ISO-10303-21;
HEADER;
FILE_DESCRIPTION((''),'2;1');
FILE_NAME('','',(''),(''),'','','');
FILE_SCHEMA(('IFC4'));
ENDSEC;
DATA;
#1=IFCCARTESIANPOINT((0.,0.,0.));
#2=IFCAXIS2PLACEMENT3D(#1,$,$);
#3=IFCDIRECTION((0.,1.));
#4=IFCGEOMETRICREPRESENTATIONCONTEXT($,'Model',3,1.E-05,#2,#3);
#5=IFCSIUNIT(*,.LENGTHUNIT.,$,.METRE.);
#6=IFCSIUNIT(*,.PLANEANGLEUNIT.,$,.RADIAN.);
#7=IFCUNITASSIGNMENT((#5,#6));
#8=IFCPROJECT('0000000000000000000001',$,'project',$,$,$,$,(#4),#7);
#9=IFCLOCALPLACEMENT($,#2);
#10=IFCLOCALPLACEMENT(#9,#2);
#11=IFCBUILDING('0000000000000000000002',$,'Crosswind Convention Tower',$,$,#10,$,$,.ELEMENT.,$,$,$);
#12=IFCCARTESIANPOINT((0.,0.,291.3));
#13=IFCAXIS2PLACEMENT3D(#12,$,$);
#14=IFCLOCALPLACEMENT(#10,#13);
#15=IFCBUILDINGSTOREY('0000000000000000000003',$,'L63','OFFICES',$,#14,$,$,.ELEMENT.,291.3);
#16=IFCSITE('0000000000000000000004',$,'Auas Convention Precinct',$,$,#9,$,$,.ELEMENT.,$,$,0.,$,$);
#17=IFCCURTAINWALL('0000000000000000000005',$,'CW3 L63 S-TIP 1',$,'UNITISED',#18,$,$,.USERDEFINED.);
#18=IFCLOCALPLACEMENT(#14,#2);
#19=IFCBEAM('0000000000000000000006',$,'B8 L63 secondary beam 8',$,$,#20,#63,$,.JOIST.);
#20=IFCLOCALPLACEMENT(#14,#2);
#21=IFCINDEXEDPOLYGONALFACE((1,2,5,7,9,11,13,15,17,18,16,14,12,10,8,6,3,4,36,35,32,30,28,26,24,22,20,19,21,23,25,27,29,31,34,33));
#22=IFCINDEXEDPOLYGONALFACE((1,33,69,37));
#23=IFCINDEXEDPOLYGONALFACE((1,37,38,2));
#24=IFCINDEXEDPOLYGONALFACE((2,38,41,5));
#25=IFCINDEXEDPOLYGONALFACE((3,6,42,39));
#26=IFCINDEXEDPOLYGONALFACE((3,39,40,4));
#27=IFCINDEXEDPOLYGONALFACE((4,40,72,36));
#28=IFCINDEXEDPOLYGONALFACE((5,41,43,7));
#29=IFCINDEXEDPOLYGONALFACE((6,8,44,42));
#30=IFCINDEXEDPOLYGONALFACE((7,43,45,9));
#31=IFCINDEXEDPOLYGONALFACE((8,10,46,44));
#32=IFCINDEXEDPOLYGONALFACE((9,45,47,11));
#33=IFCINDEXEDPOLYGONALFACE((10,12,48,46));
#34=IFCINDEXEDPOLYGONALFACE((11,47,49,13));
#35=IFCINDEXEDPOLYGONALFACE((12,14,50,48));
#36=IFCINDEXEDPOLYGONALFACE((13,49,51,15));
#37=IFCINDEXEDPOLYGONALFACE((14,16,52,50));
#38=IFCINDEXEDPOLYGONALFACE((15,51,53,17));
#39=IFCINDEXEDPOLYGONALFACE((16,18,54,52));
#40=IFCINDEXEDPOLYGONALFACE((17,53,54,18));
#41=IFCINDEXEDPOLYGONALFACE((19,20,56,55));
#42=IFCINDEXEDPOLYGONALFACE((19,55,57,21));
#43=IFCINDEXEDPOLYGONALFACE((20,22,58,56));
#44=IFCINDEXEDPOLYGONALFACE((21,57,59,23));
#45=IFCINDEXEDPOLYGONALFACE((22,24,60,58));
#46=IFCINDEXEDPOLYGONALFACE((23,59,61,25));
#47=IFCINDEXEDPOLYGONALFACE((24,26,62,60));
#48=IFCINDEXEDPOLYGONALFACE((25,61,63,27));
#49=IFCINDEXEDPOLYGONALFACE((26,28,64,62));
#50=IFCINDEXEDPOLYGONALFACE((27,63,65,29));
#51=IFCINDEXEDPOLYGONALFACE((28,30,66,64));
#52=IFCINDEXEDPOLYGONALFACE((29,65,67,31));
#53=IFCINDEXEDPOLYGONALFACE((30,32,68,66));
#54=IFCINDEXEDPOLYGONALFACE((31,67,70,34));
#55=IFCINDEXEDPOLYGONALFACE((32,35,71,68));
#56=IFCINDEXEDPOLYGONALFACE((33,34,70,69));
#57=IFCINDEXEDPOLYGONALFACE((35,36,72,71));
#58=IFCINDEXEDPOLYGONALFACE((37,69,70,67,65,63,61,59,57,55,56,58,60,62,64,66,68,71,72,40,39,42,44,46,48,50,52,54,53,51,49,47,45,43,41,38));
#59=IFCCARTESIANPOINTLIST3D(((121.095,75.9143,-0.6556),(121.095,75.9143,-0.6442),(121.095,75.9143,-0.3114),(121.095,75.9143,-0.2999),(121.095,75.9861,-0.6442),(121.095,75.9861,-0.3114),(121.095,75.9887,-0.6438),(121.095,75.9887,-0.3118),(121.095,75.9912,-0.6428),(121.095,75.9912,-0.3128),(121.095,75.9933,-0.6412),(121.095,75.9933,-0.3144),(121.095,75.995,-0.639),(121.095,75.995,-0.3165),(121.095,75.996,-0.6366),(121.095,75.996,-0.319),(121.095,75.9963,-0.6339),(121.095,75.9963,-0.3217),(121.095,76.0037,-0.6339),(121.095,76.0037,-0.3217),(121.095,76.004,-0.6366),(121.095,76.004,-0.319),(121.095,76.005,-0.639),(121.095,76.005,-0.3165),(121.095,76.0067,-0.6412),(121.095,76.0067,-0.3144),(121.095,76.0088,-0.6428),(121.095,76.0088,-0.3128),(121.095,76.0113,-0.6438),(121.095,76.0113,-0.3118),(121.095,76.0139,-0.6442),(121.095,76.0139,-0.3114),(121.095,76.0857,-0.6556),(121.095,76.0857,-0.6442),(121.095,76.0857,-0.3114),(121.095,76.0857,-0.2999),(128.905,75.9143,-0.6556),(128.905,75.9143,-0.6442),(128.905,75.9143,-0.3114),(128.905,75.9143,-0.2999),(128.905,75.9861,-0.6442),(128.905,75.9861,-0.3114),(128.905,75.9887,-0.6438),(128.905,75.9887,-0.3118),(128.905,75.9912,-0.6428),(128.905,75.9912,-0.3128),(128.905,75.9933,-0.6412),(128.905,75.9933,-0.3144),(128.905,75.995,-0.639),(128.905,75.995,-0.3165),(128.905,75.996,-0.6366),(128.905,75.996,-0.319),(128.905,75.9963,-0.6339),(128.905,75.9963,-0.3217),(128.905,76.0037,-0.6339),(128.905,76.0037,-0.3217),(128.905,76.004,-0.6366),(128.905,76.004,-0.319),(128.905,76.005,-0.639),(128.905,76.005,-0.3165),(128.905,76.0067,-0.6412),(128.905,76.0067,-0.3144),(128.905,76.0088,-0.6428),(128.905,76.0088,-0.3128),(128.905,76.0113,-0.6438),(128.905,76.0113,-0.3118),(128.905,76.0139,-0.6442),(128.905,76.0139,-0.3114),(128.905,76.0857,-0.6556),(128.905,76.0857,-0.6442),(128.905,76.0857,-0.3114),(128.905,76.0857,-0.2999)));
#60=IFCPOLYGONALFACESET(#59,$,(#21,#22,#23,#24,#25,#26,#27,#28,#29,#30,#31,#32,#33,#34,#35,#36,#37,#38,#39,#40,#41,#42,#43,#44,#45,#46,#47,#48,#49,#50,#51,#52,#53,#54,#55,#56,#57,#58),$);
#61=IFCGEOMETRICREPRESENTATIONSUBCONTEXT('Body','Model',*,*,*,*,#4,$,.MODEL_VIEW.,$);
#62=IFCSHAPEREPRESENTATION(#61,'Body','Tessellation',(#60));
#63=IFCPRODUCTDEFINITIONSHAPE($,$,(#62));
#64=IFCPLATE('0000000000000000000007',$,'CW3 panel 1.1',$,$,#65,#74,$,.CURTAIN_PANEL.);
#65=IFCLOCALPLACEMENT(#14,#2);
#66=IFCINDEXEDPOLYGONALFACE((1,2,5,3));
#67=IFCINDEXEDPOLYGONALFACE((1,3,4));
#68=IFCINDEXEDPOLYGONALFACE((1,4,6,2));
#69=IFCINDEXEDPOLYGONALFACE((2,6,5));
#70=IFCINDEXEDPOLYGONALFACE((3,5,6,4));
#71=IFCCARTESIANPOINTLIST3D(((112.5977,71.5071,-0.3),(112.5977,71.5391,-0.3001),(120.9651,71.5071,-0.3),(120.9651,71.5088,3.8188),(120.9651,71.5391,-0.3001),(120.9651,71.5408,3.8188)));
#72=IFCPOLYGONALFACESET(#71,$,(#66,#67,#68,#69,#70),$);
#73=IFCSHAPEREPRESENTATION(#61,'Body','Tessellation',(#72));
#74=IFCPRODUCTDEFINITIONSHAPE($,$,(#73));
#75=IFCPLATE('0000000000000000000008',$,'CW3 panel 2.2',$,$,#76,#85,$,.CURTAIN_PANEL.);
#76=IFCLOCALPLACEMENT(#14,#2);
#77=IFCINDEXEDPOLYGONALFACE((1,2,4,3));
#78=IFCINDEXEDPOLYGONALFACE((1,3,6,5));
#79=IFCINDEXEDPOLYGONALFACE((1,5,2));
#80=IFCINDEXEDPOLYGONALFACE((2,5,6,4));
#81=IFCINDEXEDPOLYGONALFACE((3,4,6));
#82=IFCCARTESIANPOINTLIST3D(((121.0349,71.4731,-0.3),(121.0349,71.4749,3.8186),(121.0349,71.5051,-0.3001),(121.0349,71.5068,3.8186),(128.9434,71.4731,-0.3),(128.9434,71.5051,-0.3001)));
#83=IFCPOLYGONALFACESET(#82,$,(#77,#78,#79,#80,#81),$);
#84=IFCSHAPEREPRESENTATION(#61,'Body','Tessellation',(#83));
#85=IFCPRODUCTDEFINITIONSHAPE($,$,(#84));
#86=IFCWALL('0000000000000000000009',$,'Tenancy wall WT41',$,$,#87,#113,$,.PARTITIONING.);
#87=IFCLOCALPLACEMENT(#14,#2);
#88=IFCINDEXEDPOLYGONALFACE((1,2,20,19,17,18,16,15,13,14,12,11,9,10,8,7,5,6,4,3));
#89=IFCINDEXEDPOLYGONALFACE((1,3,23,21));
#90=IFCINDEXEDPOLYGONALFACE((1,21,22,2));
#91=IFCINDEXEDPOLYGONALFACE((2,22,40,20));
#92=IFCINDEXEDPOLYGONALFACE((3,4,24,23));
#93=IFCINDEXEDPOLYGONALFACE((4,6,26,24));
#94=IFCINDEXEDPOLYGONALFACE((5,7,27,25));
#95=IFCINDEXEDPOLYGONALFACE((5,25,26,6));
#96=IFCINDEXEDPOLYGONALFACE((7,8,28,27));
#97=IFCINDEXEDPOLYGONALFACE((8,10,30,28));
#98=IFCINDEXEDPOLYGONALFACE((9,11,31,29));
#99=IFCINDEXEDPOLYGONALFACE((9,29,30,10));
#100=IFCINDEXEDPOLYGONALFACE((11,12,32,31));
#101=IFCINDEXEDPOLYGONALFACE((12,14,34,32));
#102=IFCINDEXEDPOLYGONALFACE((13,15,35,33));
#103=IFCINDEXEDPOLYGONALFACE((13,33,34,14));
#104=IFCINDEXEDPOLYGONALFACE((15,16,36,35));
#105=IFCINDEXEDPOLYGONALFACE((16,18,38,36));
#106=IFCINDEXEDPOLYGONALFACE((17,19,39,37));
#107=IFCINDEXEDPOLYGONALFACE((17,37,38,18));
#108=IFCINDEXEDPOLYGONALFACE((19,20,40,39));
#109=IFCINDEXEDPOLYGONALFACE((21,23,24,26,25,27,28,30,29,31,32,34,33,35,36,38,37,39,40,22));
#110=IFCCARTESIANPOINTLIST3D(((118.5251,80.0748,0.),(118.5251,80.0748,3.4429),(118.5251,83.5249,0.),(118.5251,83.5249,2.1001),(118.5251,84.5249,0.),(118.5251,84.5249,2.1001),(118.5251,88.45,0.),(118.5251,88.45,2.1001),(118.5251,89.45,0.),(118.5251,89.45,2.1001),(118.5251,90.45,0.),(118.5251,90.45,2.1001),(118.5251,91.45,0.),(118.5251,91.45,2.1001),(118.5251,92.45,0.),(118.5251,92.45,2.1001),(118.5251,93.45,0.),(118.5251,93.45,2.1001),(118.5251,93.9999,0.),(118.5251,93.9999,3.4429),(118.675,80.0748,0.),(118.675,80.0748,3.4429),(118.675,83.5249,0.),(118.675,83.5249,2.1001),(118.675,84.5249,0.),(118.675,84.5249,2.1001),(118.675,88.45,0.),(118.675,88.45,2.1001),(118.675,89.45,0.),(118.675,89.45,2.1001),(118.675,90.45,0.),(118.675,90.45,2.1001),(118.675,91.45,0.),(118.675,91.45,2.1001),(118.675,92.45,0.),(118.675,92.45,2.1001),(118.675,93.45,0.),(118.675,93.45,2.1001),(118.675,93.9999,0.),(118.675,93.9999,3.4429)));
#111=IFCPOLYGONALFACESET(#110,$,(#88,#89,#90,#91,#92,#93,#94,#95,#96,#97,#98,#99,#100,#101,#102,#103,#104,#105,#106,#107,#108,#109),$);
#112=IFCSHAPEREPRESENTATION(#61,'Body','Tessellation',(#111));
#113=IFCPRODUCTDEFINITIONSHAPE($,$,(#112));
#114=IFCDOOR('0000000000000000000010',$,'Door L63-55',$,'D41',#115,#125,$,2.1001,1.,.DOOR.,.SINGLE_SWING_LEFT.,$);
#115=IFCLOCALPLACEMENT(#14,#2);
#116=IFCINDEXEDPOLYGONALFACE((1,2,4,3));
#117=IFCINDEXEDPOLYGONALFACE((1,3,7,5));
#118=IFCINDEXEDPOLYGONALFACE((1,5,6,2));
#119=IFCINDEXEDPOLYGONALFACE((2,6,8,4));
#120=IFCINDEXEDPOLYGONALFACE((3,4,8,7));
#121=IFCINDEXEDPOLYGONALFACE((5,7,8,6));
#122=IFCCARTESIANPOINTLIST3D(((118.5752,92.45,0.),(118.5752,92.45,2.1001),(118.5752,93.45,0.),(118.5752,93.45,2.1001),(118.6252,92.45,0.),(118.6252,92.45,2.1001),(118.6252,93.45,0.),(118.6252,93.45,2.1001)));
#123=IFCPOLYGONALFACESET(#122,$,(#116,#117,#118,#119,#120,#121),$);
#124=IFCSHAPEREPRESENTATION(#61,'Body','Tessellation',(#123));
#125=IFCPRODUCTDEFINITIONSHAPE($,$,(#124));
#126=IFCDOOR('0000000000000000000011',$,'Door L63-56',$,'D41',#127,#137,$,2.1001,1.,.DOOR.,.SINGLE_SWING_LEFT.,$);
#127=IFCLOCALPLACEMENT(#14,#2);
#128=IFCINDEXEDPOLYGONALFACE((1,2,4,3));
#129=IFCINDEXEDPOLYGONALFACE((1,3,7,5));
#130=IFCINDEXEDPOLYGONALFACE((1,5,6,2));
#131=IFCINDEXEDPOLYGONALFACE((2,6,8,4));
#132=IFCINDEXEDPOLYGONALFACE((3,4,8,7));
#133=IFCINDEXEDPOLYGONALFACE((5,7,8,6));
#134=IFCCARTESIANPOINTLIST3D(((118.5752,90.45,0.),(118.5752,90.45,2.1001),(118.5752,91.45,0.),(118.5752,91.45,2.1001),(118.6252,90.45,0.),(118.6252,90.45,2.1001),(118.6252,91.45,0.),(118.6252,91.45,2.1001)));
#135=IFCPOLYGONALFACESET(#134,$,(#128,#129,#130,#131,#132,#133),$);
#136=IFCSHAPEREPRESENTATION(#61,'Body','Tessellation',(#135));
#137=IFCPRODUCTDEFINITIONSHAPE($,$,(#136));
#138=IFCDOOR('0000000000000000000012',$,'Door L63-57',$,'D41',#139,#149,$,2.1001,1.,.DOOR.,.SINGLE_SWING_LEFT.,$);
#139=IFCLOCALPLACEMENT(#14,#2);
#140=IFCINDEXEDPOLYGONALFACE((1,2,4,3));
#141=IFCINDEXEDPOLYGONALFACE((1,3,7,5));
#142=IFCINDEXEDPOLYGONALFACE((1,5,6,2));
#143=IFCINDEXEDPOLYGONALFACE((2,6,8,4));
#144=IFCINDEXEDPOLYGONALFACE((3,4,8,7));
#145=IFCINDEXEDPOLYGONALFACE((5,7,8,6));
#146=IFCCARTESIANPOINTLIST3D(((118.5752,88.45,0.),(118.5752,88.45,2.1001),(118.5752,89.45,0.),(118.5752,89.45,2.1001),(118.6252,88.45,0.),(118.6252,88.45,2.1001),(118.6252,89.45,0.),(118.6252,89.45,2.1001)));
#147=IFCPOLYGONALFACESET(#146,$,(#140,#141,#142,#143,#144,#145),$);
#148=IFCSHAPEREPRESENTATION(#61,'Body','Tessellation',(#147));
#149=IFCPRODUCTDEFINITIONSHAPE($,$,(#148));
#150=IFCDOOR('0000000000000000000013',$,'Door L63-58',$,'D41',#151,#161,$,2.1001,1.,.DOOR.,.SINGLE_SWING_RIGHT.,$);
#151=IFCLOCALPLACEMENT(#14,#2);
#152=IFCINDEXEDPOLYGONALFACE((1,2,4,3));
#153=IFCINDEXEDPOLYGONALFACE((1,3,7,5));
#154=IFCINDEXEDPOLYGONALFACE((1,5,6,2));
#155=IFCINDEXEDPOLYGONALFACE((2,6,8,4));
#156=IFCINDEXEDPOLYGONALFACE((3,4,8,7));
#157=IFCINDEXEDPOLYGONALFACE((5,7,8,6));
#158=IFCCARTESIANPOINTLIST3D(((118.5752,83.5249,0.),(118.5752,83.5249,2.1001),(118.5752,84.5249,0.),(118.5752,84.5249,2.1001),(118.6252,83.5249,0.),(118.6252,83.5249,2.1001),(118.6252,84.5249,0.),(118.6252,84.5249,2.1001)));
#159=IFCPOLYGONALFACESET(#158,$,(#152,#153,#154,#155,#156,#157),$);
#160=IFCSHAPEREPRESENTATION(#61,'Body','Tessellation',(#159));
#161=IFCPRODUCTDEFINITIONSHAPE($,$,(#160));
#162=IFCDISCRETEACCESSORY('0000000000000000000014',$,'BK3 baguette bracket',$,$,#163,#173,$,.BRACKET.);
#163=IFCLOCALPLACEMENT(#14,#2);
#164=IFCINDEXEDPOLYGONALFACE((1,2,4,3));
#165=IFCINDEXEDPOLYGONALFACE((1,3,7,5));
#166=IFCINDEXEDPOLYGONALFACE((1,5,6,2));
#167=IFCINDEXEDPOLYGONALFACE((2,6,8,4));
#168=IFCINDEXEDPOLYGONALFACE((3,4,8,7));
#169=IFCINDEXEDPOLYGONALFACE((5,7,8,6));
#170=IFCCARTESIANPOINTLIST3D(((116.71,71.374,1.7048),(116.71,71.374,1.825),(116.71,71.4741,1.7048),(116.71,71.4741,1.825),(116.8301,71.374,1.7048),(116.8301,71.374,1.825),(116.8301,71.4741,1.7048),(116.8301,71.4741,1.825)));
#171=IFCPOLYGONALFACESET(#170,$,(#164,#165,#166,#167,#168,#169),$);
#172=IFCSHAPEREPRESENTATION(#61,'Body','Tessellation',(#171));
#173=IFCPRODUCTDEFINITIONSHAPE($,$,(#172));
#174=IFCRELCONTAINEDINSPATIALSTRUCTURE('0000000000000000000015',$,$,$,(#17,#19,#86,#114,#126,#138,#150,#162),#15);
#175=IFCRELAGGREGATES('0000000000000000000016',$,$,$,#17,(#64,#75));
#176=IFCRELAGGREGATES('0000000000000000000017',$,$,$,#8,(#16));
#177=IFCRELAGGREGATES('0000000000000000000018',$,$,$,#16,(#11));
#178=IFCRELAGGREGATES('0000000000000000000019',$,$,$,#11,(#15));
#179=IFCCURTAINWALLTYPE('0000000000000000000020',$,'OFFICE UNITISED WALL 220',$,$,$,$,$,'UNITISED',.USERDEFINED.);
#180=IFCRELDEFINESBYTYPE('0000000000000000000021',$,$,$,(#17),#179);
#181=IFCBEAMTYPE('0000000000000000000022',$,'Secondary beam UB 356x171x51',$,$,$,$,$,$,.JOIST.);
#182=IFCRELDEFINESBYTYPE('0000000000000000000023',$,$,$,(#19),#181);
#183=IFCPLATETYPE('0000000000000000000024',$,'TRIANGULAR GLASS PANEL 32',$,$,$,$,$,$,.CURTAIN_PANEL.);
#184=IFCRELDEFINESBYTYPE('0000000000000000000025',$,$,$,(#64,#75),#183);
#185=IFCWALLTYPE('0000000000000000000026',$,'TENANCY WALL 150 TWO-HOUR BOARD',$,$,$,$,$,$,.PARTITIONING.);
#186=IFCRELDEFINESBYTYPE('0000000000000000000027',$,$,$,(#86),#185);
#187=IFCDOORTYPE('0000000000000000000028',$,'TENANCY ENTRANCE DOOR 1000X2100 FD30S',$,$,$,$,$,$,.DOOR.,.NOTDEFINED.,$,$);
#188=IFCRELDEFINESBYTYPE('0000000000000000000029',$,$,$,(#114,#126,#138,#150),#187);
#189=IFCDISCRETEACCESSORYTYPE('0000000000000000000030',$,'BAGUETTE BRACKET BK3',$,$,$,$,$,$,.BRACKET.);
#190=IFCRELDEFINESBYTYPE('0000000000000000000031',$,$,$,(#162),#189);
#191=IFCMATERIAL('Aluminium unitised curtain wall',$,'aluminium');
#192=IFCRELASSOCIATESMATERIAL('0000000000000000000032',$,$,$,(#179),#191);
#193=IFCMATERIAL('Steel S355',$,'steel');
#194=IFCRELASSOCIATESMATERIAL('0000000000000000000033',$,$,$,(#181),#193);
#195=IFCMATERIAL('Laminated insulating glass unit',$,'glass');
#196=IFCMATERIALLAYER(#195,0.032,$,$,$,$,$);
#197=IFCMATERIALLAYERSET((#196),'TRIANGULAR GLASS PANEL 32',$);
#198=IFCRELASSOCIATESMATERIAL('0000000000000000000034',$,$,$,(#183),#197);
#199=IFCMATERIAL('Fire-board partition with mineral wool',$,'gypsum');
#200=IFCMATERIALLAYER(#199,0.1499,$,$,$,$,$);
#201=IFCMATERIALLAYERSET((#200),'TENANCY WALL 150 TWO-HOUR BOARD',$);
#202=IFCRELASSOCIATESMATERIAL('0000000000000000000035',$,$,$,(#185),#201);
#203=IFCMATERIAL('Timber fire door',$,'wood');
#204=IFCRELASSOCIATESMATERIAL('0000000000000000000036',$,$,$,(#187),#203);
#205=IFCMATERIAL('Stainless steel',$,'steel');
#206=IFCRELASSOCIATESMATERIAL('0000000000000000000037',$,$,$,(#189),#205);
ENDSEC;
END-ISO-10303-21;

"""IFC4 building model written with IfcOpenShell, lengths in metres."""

from ifc_helpers import new_model, si_unit, direction, frame, frame_2d, origin, origin_2d, place, context, subcontext, project, spatial, polyline, rectangle, i_section, outline, extrude, material, layer, layer_set, material_profile, profile_set, type_object, element, fill, aggregate, save


model = new_model("IFC4")

# Units and contexts
model_context = context("Model", 3, precision=1e-05, world=origin(), true_north=direction((0.0, 1.0)))
body_context = subcontext(model_context, "Body", "Model", "MODEL_VIEW")
ifc_project = project(units=[si_unit("LENGTHUNIT", "METRE"), si_unit("PLANEANGLEUNIT", "RADIAN")], contexts=[model_context])

# Site, building, storey
site_placement = place(None, origin())
site = spatial("IfcSite", under=ifc_project, at=site_placement, Name="Auas Convention Precinct", CompositionType="ELEMENT", RefElevation=0.0)
building_placement = place(site_placement, origin())
building = spatial("IfcBuilding", under=site, at=building_placement, Name="Crosswind Convention Tower", CompositionType="ELEMENT")
storey_placement = place(building_placement, frame((0.0, 0.0, 291.3)))
storey = spatial("IfcBuildingStorey", under=building, at=storey_placement, Name="L63", Description="OFFICES", CompositionType="ELEMENT", Elevation=291.3)

# Shared definitions
ifc_material_1 = material(Name="Steel S355", Category="steel")

# Curtain wall
ifc_material_2 = material(Name="Aluminium unitised curtain wall", Category="aluminium")
curtain_wall_type = type_object("IfcCurtainWallType", Name="OFFICE UNITISED WALL 220", ElementType="UNITISED", PredefinedType="USERDEFINED", material=ifc_material_2)
curtain_wall_placement = place(storey_placement, origin())
curtain_wall = element("IfcCurtainWall", 1, at=curtain_wall_placement, inside=storey, type_object=curtain_wall_type, Name="CW3 L63 S-TIP 1", ObjectType="UNITISED", PredefinedType="USERDEFINED")

# Beam
ifc_material_profile_1 = material_profile(ifc_material_1, i_section(OverallWidth=0.1714, OverallDepth=0.3557, WebThickness=0.0073, FlangeThickness=0.0115, FilletRadius=0.0103, at=origin_2d()), Name="UB 356x171x51")
ifc_profile_set_1 = profile_set([ifc_material_profile_1], Name="Steel S355")
beam_type_1 = type_object("IfcBeamType", Name="Secondary beam UB 356x171x51", PredefinedType="JOIST", material=ifc_profile_set_1)
beam_1_placement = place(storey_placement, frame((121.095, 76.0, -0.4778), z_axis=(1.0, 0.0, 0.0), x_axis=(0.0, 1.0, 0.0)))
element("IfcBeam", 2, at=beam_1_placement, inside=storey, type_object=beam_type_1, Name="B8 L63 secondary beam 8", PredefinedType="JOIST", context=body_context, shape_type="SweptSolid", body=[
    extrude(i_section(OverallWidth=0.1714, OverallDepth=0.3557, WebThickness=0.0073, FlangeThickness=0.0115, FilletRadius=0.0103, at=origin_2d()), origin(), (0.0, 0.0, 1.0), 7.8101),
])

# Plates
ifc_material_3 = material(Name="Laminated insulating glass unit", Category="glass")
ifc_layer_1 = layer(ifc_material_3, 0.032)
ifc_layer_set_1 = layer_set([ifc_layer_1], Name="TRIANGULAR GLASS PANEL 32")
plate_type = type_object("IfcPlateType", Name="TRIANGULAR GLASS PANEL 32", PredefinedType="CURTAIN_PANEL", material=ifc_layer_set_1)
plate_1_placement = place(storey_placement, frame((120.9651, 71.5071, -0.3), z_axis=(0.0, -1.0, 0.000415), x_axis=(0.0, 0.000415, 1.0)))
plate_1 = element("IfcPlate", 3, at=plate_1_placement, type_object=plate_type, Name="CW3 panel 1.1", PredefinedType="CURTAIN_PANEL", context=body_context, shape_type="SweptSolid", body=[
    extrude(outline(polyline([(0.0, 0.0), (4.1189, 0.0), (0.0, 8.3674), (0.0, 0.0)])), origin(), (0.0, 0.0, -1.0), 0.032),
])
plate_2_placement = place(storey_placement, frame((121.0349, 71.4731, -0.3), z_axis=(0.0, -1.0, 0.000415), x_axis=(1.0, 0.0, 0.0)))
plate_2 = element("IfcPlate", 4, at=plate_2_placement, type_object=plate_type, Name="CW3 panel 2.2", PredefinedType="CURTAIN_PANEL", context=body_context, shape_type="SweptSolid", body=[
    extrude(outline(polyline([(0.0, 0.0), (7.9084, 0.0), (0.0, 4.1187), (0.0, 0.0)])), origin(), (0.0, 0.0, -1.0), 0.032),
])
aggregate(curtain_wall, [plate_1, plate_2])

# Wall, openings, doors
ifc_material_4 = material(Name="Fire-board partition with mineral wool", Category="gypsum")
ifc_layer_2 = layer(ifc_material_4, 0.1499)
ifc_layer_set_2 = layer_set([ifc_layer_2], Name="TENANCY WALL 150 TWO-HOUR BOARD")
wall_type = type_object("IfcWallType", Name="TENANCY WALL 150 TWO-HOUR BOARD", PredefinedType="PARTITIONING", material=ifc_layer_set_2)
wall_placement = place(storey_placement, frame((118.6001, 80.075, 0.0), z_axis=(0.0, 0.0, 1.0), x_axis=(0.0, 1.0, 0.0)))
wall = element("IfcWall", 5, at=wall_placement, inside=storey, type_object=wall_type, Name="Tenancy wall WT41", PredefinedType="PARTITIONING", context=body_context, shape_type="SweptSolid", body=[
    extrude(rectangle(XDim=13.925, YDim=0.1499, at=frame_2d((6.9624, 0.0))), origin(), (0.0, 0.0, 1.0), 3.4429),
])
opening_1_placement = place(wall_placement, frame((12.375, 0.0, 0.0)))
opening_1 = element("IfcOpeningElement", 6, at=opening_1_placement, cuts=wall, PredefinedType="OPENING", context=body_context, shape_type="SweptSolid", body=[
    extrude(rectangle(XDim=1.0, YDim=2.1001, at=frame_2d((0.5, 1.05))), frame((0.0, 0.085, 0.0), z_axis=(0.0, -1.0, 0.0), x_axis=(1.0, 0.0, 0.0)), (0.0, 0.0, 1.0), 0.1699),
])
opening_2_placement = place(wall_placement, frame((10.375, 0.0, 0.0)))
opening_2 = element("IfcOpeningElement", 7, at=opening_2_placement, cuts=wall, PredefinedType="OPENING", context=body_context, shape_type="SweptSolid", body=[
    extrude(rectangle(XDim=1.0, YDim=2.1001, at=frame_2d((0.5, 1.05))), frame((0.0, 0.085, 0.0), z_axis=(0.0, -1.0, 0.0), x_axis=(1.0, 0.0, 0.0)), (0.0, 0.0, 1.0), 0.1699),
])
opening_3_placement = place(wall_placement, frame((8.375, 0.0, 0.0)))
opening_3 = element("IfcOpeningElement", 8, at=opening_3_placement, cuts=wall, PredefinedType="OPENING", context=body_context, shape_type="SweptSolid", body=[
    extrude(rectangle(XDim=1.0, YDim=2.1001, at=frame_2d((0.5, 1.05))), frame((0.0, 0.085, 0.0), z_axis=(0.0, -1.0, 0.0), x_axis=(1.0, 0.0, 0.0)), (0.0, 0.0, 1.0), 0.1699),
])
opening_4_placement = place(wall_placement, frame((3.45, 0.0, 0.0)))
opening_4 = element("IfcOpeningElement", 9, at=opening_4_placement, cuts=wall, PredefinedType="OPENING", context=body_context, shape_type="SweptSolid", body=[
    extrude(rectangle(XDim=1.0, YDim=2.1001, at=frame_2d((0.5, 1.05))), frame((0.0, 0.085, 0.0), z_axis=(0.0, -1.0, 0.0), x_axis=(1.0, 0.0, 0.0)), (0.0, 0.0, 1.0), 0.1699),
])
ifc_material_5 = material(Name="Timber fire door", Category="wood")
door_type = type_object("IfcDoorType", Name="TENANCY ENTRANCE DOOR 1000X2100 FD30S", OperationType="NOTDEFINED", PredefinedType="DOOR", material=ifc_material_5)
door_1_placement = place(opening_1_placement, origin())
door_1 = element("IfcDoor", 10, at=door_1_placement, inside=storey, type_object=door_type, Name="Door L63-55", ObjectType="D41", OperationType="SINGLE_SWING_LEFT", OverallHeight=2.1001, OverallWidth=1.0, PredefinedType="DOOR", context=body_context, shape_type="SweptSolid", body=[
    extrude(rectangle(XDim=1.0, YDim=2.1001, at=frame_2d((0.5, 1.05))), frame((0.0, 0.0249, 0.0), z_axis=(0.0, -1.0, 0.0), x_axis=(1.0, 0.0, 0.0)), (0.0, 0.0, 1.0), 0.05),
])
fill(opening_1, door_1)
door_2_placement = place(opening_2_placement, origin())
door_2 = element("IfcDoor", 11, at=door_2_placement, inside=storey, type_object=door_type, Name="Door L63-56", ObjectType="D41", OperationType="SINGLE_SWING_LEFT", OverallHeight=2.1001, OverallWidth=1.0, PredefinedType="DOOR", context=body_context, shape_type="SweptSolid", body=[
    extrude(rectangle(XDim=1.0, YDim=2.1001, at=frame_2d((0.5, 1.05))), frame((0.0, 0.0249, 0.0), z_axis=(0.0, -1.0, 0.0), x_axis=(1.0, 0.0, 0.0)), (0.0, 0.0, 1.0), 0.05),
])
fill(opening_2, door_2)
door_3_placement = place(opening_3_placement, origin())
door_3 = element("IfcDoor", 12, at=door_3_placement, inside=storey, type_object=door_type, Name="Door L63-57", ObjectType="D41", OperationType="SINGLE_SWING_LEFT", OverallHeight=2.1001, OverallWidth=1.0, PredefinedType="DOOR", context=body_context, shape_type="SweptSolid", body=[
    extrude(rectangle(XDim=1.0, YDim=2.1001, at=frame_2d((0.5, 1.05))), frame((0.0, 0.0249, 0.0), z_axis=(0.0, -1.0, 0.0), x_axis=(1.0, 0.0, 0.0)), (0.0, 0.0, 1.0), 0.05),
])
fill(opening_3, door_3)
door_4_placement = place(opening_4_placement, origin())
door_4 = element("IfcDoor", 13, at=door_4_placement, inside=storey, type_object=door_type, Name="Door L63-58", ObjectType="D41", OperationType="SINGLE_SWING_RIGHT", OverallHeight=2.1001, OverallWidth=1.0, PredefinedType="DOOR", context=body_context, shape_type="SweptSolid", body=[
    extrude(rectangle(XDim=1.0, YDim=2.1001, at=frame_2d((0.5, 1.05))), frame((0.0, 0.0249, 0.0), z_axis=(0.0, -1.0, 0.0), x_axis=(1.0, 0.0, 0.0)), (0.0, 0.0, 1.0), 0.05),
])
fill(opening_4, door_4)

# Discrete accessory
ifc_material_6 = material(Name="Stainless steel", Category="steel")
discrete_accessory_type = type_object("IfcDiscreteAccessoryType", Name="BAGUETTE BRACKET BK3", PredefinedType="BRACKET", material=ifc_material_6)
discrete_accessory_placement = place(storey_placement, frame((116.77, 71.4241, 1.7048), z_axis=(0.0, 0.0, 1.0), x_axis=(1.0, 0.0, 0.0)))
element("IfcDiscreteAccessory", 14, at=discrete_accessory_placement, inside=storey, type_object=discrete_accessory_type, Name="BK3 baguette bracket", PredefinedType="BRACKET", context=body_context, shape_type="SweptSolid", body=[
    extrude(rectangle(XDim=0.1201, YDim=0.1001, at=origin_2d()), origin(), (0.0, 0.0, 1.0), 0.1201),
])

save(model, "model.ifc")
